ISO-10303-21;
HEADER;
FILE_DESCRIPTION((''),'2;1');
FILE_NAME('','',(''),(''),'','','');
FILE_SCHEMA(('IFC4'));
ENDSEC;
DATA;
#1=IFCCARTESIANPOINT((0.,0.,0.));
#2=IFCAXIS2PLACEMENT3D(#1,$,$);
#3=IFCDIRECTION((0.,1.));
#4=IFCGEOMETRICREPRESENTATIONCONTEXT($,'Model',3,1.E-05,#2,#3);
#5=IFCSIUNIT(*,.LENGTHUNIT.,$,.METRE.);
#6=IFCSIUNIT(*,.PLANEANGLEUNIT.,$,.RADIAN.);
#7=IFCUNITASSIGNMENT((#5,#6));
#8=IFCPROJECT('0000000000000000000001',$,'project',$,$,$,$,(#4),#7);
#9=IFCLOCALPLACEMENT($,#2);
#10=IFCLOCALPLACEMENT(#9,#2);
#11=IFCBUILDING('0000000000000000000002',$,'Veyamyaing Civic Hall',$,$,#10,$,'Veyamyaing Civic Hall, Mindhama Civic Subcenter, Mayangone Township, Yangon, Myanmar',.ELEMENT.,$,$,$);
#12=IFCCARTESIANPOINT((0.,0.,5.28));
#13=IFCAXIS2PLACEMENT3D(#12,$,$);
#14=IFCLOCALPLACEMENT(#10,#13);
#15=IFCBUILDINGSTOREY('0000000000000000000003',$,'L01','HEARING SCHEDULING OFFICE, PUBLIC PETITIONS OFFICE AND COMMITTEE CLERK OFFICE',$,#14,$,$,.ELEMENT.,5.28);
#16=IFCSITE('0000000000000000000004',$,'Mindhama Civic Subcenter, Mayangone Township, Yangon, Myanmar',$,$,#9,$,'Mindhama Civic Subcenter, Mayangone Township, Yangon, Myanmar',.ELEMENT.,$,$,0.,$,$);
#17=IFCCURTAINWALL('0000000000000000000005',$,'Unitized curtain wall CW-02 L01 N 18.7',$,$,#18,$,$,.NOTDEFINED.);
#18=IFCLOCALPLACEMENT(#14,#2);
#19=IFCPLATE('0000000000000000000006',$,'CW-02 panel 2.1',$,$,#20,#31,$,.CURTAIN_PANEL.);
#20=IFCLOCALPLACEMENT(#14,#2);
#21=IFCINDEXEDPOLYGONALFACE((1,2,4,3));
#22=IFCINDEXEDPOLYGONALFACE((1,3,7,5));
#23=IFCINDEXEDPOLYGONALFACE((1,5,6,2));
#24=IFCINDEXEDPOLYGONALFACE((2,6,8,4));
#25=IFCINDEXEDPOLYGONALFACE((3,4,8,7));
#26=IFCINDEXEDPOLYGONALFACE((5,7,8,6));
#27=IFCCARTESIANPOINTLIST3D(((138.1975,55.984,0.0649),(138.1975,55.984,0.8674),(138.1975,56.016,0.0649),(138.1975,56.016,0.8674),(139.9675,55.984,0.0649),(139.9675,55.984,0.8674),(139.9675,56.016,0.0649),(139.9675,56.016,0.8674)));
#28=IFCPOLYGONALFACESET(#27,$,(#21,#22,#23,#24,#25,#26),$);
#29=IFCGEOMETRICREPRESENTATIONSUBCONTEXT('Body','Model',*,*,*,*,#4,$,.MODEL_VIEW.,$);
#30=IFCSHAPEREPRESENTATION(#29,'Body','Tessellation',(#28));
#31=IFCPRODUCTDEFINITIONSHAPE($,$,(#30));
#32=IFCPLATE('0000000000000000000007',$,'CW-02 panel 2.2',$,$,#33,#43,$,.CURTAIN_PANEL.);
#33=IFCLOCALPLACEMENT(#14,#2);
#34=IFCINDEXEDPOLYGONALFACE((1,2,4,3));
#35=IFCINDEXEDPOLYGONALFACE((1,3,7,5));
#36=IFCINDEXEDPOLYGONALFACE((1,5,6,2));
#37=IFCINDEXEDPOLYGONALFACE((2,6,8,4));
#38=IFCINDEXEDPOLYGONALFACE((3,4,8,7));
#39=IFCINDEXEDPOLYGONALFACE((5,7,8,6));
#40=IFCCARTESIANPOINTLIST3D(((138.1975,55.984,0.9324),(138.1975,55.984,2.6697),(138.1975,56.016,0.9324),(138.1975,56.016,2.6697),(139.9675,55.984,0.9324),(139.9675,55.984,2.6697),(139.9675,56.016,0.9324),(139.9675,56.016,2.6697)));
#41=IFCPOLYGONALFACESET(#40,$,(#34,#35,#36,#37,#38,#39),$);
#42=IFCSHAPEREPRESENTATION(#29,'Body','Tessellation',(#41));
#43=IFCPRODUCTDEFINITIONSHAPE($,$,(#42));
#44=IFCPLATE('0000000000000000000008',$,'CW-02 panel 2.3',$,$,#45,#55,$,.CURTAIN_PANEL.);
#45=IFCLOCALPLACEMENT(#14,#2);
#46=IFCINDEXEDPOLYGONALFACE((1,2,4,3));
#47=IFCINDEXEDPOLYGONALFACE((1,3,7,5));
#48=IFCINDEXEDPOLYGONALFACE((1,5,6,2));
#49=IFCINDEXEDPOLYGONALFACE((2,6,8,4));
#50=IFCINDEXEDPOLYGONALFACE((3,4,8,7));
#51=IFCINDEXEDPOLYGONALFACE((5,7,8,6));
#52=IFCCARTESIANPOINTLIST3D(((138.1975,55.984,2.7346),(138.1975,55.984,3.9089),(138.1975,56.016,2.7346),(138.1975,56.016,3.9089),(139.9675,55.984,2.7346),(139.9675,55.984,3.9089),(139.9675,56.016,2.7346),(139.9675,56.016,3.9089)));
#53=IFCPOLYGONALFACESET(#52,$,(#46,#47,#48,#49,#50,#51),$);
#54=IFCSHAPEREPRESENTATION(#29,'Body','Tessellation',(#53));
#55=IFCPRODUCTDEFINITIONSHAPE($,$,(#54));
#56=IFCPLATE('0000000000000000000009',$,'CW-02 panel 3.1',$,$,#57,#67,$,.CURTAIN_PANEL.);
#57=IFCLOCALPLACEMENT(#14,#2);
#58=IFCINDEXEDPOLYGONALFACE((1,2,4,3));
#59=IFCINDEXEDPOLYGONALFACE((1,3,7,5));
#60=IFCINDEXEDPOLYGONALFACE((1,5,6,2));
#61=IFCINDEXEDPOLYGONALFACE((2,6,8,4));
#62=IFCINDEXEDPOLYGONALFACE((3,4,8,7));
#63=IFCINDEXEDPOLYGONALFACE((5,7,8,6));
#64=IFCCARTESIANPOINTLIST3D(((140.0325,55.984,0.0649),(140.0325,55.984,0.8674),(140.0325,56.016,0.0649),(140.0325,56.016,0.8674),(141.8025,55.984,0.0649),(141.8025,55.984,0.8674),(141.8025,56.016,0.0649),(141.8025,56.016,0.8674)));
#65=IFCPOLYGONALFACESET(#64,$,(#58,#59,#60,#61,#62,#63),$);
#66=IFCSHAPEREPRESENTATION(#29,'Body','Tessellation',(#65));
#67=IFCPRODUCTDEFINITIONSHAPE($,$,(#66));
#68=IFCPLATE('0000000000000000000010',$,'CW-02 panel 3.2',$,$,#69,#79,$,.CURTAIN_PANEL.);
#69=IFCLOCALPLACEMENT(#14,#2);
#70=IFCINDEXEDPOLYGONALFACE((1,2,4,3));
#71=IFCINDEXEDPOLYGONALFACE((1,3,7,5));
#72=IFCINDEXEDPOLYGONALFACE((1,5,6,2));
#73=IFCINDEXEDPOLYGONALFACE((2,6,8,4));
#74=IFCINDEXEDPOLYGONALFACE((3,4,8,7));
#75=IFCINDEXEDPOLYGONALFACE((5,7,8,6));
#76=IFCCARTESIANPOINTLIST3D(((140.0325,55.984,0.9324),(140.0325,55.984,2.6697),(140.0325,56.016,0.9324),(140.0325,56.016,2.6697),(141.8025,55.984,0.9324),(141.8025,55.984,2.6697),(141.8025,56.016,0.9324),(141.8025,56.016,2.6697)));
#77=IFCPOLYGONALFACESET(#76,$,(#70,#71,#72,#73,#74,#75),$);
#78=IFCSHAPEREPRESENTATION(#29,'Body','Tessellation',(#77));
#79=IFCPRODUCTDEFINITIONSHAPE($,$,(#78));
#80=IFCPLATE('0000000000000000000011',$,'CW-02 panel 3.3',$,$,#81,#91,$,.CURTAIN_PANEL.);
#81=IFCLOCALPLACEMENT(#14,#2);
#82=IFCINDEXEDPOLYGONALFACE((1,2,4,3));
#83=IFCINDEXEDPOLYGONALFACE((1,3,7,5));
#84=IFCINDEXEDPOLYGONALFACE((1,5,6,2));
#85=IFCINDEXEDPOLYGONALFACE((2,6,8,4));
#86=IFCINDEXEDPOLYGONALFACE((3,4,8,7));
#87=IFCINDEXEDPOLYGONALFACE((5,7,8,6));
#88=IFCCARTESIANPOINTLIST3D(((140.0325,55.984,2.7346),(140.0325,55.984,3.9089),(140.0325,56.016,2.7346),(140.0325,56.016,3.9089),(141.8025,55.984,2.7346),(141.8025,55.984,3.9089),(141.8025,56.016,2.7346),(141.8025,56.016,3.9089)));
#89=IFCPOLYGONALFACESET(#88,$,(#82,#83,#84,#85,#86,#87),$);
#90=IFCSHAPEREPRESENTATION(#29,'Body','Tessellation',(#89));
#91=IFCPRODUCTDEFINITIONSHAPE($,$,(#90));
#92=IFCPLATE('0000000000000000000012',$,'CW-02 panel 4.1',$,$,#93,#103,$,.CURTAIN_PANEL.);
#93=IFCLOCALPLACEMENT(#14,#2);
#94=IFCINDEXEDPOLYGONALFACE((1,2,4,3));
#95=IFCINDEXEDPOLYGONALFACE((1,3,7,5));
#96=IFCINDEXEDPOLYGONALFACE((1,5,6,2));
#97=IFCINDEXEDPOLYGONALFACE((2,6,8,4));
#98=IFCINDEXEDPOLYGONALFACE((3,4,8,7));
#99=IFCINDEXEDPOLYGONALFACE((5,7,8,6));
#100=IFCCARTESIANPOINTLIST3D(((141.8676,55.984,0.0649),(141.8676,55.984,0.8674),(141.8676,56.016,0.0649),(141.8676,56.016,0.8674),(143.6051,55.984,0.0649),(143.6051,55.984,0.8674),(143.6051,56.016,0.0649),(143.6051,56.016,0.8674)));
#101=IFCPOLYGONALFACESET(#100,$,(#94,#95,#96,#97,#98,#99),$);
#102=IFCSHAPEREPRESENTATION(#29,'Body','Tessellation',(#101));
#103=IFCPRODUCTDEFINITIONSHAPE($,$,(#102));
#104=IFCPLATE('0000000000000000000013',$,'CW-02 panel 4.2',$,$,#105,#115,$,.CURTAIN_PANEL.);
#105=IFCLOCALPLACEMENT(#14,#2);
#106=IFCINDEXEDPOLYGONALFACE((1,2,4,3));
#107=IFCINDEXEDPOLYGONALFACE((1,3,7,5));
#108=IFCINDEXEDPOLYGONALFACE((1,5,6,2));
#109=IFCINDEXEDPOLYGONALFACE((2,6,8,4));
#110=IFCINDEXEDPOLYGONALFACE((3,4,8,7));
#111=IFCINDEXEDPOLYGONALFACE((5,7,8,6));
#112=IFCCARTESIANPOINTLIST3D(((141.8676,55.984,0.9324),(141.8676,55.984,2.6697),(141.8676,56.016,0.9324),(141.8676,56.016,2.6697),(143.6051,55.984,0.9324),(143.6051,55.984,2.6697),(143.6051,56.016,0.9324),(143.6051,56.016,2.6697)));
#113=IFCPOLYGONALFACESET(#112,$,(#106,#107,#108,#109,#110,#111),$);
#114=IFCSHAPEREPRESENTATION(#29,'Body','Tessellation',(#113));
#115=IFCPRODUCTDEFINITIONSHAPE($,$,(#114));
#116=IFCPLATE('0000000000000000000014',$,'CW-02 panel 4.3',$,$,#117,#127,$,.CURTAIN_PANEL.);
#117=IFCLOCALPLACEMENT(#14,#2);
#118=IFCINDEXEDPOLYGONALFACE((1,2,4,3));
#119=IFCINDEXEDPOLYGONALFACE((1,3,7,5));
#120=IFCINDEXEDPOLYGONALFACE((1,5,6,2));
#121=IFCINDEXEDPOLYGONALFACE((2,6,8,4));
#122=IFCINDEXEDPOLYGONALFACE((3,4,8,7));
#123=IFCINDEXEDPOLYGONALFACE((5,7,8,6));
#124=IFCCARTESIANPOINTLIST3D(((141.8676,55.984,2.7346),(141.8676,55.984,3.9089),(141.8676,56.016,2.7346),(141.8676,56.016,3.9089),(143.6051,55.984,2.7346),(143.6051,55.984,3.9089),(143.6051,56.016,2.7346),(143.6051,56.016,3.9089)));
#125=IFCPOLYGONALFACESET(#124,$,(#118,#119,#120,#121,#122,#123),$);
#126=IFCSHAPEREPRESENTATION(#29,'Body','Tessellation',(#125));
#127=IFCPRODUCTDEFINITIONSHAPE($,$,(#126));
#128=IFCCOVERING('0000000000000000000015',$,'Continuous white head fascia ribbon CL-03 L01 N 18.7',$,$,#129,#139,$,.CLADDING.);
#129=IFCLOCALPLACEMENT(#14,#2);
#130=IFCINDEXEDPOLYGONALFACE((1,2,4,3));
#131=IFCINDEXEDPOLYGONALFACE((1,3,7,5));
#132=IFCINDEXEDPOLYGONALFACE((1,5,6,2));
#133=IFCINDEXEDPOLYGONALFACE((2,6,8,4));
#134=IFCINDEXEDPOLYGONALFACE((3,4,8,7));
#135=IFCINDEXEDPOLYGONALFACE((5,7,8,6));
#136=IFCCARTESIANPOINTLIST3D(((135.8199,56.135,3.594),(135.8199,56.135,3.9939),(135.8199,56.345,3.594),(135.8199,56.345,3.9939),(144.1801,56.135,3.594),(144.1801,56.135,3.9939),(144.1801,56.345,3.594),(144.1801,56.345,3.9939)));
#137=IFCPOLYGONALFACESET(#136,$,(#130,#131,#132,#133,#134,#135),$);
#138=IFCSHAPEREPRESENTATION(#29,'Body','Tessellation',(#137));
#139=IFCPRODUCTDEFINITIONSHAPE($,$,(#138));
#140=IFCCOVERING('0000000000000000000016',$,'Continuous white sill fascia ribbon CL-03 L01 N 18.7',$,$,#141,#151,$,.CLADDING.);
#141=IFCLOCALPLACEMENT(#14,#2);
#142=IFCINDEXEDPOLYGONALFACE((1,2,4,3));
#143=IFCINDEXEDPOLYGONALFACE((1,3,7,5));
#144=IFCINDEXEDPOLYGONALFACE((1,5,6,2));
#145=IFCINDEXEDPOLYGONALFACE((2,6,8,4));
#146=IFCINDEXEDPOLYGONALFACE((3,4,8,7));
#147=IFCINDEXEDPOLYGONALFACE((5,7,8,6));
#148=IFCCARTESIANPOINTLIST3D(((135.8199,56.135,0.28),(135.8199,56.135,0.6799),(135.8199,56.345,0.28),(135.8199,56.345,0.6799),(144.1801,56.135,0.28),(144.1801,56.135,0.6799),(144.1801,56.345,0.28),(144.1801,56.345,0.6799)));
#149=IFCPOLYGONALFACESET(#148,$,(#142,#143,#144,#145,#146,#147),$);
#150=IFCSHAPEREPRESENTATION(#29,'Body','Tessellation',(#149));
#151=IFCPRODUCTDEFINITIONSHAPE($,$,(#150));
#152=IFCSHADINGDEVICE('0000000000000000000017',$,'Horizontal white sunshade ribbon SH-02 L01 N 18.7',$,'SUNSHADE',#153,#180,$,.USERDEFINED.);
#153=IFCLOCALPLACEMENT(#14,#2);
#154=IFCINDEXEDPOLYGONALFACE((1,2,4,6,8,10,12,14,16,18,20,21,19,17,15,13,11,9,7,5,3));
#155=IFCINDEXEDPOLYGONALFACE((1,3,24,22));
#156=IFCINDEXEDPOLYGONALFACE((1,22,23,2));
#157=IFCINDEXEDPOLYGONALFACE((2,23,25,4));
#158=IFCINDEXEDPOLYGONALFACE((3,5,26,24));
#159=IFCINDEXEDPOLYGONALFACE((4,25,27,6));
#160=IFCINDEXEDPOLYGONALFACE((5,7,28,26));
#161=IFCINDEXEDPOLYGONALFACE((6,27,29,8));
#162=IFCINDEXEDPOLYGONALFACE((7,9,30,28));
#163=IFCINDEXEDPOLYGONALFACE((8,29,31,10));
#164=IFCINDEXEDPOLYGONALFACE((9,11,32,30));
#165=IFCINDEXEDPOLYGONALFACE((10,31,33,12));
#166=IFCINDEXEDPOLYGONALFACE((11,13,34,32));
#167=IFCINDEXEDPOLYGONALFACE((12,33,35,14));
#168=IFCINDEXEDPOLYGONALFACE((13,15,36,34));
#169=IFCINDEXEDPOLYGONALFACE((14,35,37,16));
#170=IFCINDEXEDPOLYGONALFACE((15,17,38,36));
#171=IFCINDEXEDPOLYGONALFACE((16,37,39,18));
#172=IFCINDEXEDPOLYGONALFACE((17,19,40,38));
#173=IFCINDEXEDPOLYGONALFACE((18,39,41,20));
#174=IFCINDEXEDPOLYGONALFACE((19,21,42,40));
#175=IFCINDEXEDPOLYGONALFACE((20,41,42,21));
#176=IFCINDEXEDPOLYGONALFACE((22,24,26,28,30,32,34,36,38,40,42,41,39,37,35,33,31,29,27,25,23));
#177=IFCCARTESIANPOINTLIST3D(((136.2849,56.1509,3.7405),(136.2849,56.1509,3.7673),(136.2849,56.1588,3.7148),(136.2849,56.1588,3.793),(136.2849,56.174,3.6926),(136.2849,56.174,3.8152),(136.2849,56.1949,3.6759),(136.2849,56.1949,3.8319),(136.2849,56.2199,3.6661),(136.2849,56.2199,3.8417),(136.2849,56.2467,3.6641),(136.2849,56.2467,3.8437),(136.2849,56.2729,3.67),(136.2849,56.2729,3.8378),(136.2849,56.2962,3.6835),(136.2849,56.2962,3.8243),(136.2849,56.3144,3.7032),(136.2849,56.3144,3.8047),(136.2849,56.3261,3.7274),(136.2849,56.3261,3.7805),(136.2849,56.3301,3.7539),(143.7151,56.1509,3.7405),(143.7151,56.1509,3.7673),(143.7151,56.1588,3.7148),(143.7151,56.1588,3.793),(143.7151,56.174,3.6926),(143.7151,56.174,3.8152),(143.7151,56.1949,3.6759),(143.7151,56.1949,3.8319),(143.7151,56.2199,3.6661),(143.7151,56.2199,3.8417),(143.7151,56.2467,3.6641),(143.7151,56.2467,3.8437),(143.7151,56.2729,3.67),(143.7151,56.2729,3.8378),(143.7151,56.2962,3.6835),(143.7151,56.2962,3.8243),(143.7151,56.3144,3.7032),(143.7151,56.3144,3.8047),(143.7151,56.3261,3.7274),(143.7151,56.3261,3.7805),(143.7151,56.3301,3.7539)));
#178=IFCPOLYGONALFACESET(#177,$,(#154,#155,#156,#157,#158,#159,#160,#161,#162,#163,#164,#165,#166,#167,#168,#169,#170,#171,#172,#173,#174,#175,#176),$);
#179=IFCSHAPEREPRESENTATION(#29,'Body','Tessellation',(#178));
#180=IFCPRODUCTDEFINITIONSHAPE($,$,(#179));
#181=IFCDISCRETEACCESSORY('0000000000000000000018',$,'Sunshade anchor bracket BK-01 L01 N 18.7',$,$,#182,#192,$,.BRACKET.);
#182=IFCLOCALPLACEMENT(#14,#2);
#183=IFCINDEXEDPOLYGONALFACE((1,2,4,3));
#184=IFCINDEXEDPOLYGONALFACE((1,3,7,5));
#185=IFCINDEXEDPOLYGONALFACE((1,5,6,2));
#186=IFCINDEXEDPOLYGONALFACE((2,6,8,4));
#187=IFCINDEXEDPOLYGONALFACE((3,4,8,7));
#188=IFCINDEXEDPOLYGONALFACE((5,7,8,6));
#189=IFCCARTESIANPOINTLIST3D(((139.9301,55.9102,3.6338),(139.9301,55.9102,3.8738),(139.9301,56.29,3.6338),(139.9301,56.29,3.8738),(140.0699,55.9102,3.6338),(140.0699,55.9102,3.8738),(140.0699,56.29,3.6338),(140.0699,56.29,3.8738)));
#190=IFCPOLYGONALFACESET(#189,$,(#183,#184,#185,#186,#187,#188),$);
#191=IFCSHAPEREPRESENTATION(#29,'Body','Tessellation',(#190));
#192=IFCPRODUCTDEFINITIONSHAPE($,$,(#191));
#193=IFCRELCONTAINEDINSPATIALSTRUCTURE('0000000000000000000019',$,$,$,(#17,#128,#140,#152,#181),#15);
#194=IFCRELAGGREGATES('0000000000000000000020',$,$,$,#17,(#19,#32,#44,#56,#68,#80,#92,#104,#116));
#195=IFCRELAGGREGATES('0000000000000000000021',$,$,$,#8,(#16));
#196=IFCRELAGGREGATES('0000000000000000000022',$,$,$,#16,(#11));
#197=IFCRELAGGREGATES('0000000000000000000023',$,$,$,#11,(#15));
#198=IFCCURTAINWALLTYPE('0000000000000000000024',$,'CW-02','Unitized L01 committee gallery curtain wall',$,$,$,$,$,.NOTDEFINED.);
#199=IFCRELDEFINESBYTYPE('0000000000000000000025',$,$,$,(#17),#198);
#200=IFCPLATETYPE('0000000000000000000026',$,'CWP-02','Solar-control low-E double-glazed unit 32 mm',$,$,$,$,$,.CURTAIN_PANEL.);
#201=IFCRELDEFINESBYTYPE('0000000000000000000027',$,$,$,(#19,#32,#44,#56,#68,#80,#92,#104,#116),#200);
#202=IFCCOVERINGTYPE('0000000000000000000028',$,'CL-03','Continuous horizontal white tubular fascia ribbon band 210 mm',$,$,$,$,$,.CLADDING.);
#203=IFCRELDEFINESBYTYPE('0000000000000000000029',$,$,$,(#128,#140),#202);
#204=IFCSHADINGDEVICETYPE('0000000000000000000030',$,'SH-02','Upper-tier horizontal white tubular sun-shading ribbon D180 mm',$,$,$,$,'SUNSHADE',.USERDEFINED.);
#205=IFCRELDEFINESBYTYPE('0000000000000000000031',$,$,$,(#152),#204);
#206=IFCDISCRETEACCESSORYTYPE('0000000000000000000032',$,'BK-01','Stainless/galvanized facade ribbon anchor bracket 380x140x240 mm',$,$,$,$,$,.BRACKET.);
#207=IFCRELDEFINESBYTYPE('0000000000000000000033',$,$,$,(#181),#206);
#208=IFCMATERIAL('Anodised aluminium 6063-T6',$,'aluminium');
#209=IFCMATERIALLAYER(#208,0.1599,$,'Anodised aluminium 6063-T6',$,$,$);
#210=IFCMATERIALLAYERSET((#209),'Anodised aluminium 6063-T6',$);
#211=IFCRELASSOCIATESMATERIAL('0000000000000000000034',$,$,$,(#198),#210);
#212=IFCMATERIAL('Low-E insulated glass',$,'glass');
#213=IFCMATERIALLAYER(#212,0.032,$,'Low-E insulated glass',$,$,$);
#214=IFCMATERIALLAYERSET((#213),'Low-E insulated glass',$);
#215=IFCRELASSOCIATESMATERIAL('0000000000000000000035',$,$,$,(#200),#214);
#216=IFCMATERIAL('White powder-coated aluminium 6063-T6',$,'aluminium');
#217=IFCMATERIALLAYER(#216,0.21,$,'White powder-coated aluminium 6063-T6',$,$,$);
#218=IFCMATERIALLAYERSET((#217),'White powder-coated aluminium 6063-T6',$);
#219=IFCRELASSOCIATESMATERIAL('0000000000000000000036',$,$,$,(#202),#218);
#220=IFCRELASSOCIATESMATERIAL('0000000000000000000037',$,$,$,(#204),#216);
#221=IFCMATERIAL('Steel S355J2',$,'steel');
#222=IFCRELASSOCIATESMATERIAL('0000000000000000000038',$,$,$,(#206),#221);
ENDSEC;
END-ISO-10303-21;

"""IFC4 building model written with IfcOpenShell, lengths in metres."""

from ifc_helpers import new_model, si_unit, direction, frame, origin, origin_2d, place, context, subcontext, project, spatial, rectangle, circle, extrude, material, layer, layer_set, material_profile, profile_set, type_object, element, aggregate, save


model = new_model("IFC4")

# Units and contexts
model_context = context("Model", 3, precision=1e-05, world=origin(), true_north=direction((0.0, 1.0)))
body_context = subcontext(model_context, "Body", "Model", "MODEL_VIEW")
ifc_project = project(units=[si_unit("LENGTHUNIT", "METRE"), si_unit("PLANEANGLEUNIT", "RADIAN")], contexts=[model_context])

# Site, building, storey
site_placement = place(None, origin())
site = spatial("IfcSite", under=ifc_project, at=site_placement, Name="Mindhama Civic Subcenter, Mayangone Township, Yangon, Myanmar", LongName="Mindhama Civic Subcenter, Mayangone Township, Yangon, Myanmar", CompositionType="ELEMENT", RefElevation=0.0)
building_placement = place(site_placement, origin())
building = spatial("IfcBuilding", under=site, at=building_placement, Name="Veyamyaing Civic Hall", LongName="Veyamyaing Civic Hall, Mindhama Civic Subcenter, Mayangone Township, Yangon, Myanmar", CompositionType="ELEMENT")
storey_placement = place(building_placement, frame((0.0, 0.0, 5.28)))
storey = spatial("IfcBuildingStorey", under=building, at=storey_placement, Name="L01", Description="HEARING SCHEDULING OFFICE, PUBLIC PETITIONS OFFICE AND COMMITTEE CLERK OFFICE", CompositionType="ELEMENT", Elevation=5.28)

# Curtain wall, plates
ifc_material_1 = material(Name="Anodised aluminium 6063-T6", Category="aluminium")
ifc_layer_1 = layer(ifc_material_1, 0.1599, Name="Anodised aluminium 6063-T6")
ifc_layer_set_1 = layer_set([ifc_layer_1], Name="Anodised aluminium 6063-T6")
curtain_wall_type = type_object("IfcCurtainWallType", Name="CW-02", Description="Unitized L01 committee gallery curtain wall", PredefinedType="NOTDEFINED", material=ifc_layer_set_1)
curtain_wall_placement = place(storey_placement, origin())
curtain_wall = element("IfcCurtainWall", 1, at=curtain_wall_placement, inside=storey, type_object=curtain_wall_type, Name="Unitized curtain wall CW-02 L01 N 18.7", PredefinedType="NOTDEFINED")
ifc_material_2 = material(Name="Low-E insulated glass", Category="glass")
ifc_layer_2 = layer(ifc_material_2, 0.032, Name="Low-E insulated glass")
ifc_layer_set_2 = layer_set([ifc_layer_2], Name="Low-E insulated glass")
plate_type = type_object("IfcPlateType", Name="CWP-02", Description="Solar-control low-E double-glazed unit 32 mm", PredefinedType="CURTAIN_PANEL", material=ifc_layer_set_2)
plate_1_placement = place(storey_placement, frame((139.0825, 56.0, 0.0649), z_axis=(0.0, 0.0, 1.0), x_axis=(1.0, 0.0, 0.0)))
plate_1 = element("IfcPlate", 2, at=plate_1_placement, type_object=plate_type, Name="CW-02 panel 2.1", PredefinedType="CURTAIN_PANEL", context=body_context, shape_type="SweptSolid", body=[
    extrude(rectangle(XDim=1.77, YDim=0.032, at=origin_2d()), origin(), (0.0, 0.0, 1.0), 0.8025),
])
plate_2_placement = place(storey_placement, frame((139.0825, 56.0, 0.9324), z_axis=(0.0, 0.0, 1.0), x_axis=(1.0, 0.0, 0.0)))
plate_2 = element("IfcPlate", 3, at=plate_2_placement, type_object=plate_type, Name="CW-02 panel 2.2", PredefinedType="CURTAIN_PANEL", context=body_context, shape_type="SweptSolid", body=[
    extrude(rectangle(XDim=1.77, YDim=0.032, at=origin_2d()), origin(), (0.0, 0.0, 1.0), 1.7373),
])
plate_3_placement = place(storey_placement, frame((139.0825, 56.0, 2.7346), z_axis=(0.0, 0.0, 1.0), x_axis=(1.0, 0.0, 0.0)))
plate_3 = element("IfcPlate", 4, at=plate_3_placement, type_object=plate_type, Name="CW-02 panel 2.3", PredefinedType="CURTAIN_PANEL", context=body_context, shape_type="SweptSolid", body=[
    extrude(rectangle(XDim=1.77, YDim=0.032, at=origin_2d()), origin(), (0.0, 0.0, 1.0), 1.1743),
])
plate_4_placement = place(storey_placement, frame((140.9175, 56.0, 0.0649), z_axis=(0.0, 0.0, 1.0), x_axis=(1.0, 0.0, 0.0)))
plate_4 = element("IfcPlate", 5, at=plate_4_placement, type_object=plate_type, Name="CW-02 panel 3.1", PredefinedType="CURTAIN_PANEL", context=body_context, shape_type="SweptSolid", body=[
    extrude(rectangle(XDim=1.77, YDim=0.032, at=origin_2d()), origin(), (0.0, 0.0, 1.0), 0.8025),
])
plate_5_placement = place(storey_placement, frame((140.9175, 56.0, 0.9324), z_axis=(0.0, 0.0, 1.0), x_axis=(1.0, 0.0, 0.0)))
plate_5 = element("IfcPlate", 6, at=plate_5_placement, type_object=plate_type, Name="CW-02 panel 3.2", PredefinedType="CURTAIN_PANEL", context=body_context, shape_type="SweptSolid", body=[
    extrude(rectangle(XDim=1.77, YDim=0.032, at=origin_2d()), origin(), (0.0, 0.0, 1.0), 1.7373),
])
plate_6_placement = place(storey_placement, frame((140.9175, 56.0, 2.7346), z_axis=(0.0, 0.0, 1.0), x_axis=(1.0, 0.0, 0.0)))
plate_6 = element("IfcPlate", 7, at=plate_6_placement, type_object=plate_type, Name="CW-02 panel 3.3", PredefinedType="CURTAIN_PANEL", context=body_context, shape_type="SweptSolid", body=[
    extrude(rectangle(XDim=1.77, YDim=0.032, at=origin_2d()), origin(), (0.0, 0.0, 1.0), 1.1743),
])
plate_7_placement = place(storey_placement, frame((142.7363, 56.0, 0.0649), z_axis=(0.0, 0.0, 1.0), x_axis=(1.0, 0.0, 0.0)))
plate_7 = element("IfcPlate", 8, at=plate_7_placement, type_object=plate_type, Name="CW-02 panel 4.1", PredefinedType="CURTAIN_PANEL", context=body_context, shape_type="SweptSolid", body=[
    extrude(rectangle(XDim=1.7375, YDim=0.032, at=origin_2d()), origin(), (0.0, 0.0, 1.0), 0.8025),
])
plate_8_placement = place(storey_placement, frame((142.7363, 56.0, 0.9324), z_axis=(0.0, 0.0, 1.0), x_axis=(1.0, 0.0, 0.0)))
plate_8 = element("IfcPlate", 9, at=plate_8_placement, type_object=plate_type, Name="CW-02 panel 4.2", PredefinedType="CURTAIN_PANEL", context=body_context, shape_type="SweptSolid", body=[
    extrude(rectangle(XDim=1.7375, YDim=0.032, at=origin_2d()), origin(), (0.0, 0.0, 1.0), 1.7373),
])
plate_9_placement = place(storey_placement, frame((142.7363, 56.0, 2.7346), z_axis=(0.0, 0.0, 1.0), x_axis=(1.0, 0.0, 0.0)))
plate_9 = element("IfcPlate", 10, at=plate_9_placement, type_object=plate_type, Name="CW-02 panel 4.3", PredefinedType="CURTAIN_PANEL", context=body_context, shape_type="SweptSolid", body=[
    extrude(rectangle(XDim=1.7375, YDim=0.032, at=origin_2d()), origin(), (0.0, 0.0, 1.0), 1.1743),
])
aggregate(curtain_wall, [plate_1, plate_2, plate_3, plate_4, plate_5, plate_6, plate_7, plate_8, plate_9])

# Coverings
ifc_material_3 = material(Name="White powder-coated aluminium 6063-T6", Category="aluminium")
ifc_layer_3 = layer(ifc_material_3, 0.21, Name="White powder-coated aluminium 6063-T6")
ifc_layer_set_3 = layer_set([ifc_layer_3], Name="White powder-coated aluminium 6063-T6")
covering_type = type_object("IfcCoveringType", Name="CL-03", Description="Continuous horizontal white tubular fascia ribbon band 210 mm", PredefinedType="CLADDING", material=ifc_layer_set_3)
for number, where, z_axis, x_axis, name in (
    (11, (140.0, 56.24, 3.594), (0.0, 0.0, 1.0), (1.0, 0.0, 0.0), "Continuous white head fascia ribbon CL-03 L01 N 18.7"),
    (12, (140.0, 56.24, 0.28), (0.0, 0.0, 1.0), (1.0, 0.0, 0.0), "Continuous white sill fascia ribbon CL-03 L01 N 18.7"),
):
    element("IfcCovering", number, at=place(storey_placement, frame(where, z_axis=z_axis, x_axis=x_axis)), inside=storey, type_object=covering_type, Name=name, PredefinedType="CLADDING", context=body_context, shape_type="SweptSolid", body=[
        extrude(rectangle(XDim=8.3601, YDim=0.21, at=origin_2d()), origin(), (0.0, 0.0, 1.0), 0.3999),
    ])

# Shading device
ifc_material_profile_1 = material_profile(ifc_material_3, circle(Radius=0.0901, at=origin_2d()), Name="SHADE-TUBE-180")
ifc_profile_set_1 = profile_set([ifc_material_profile_1], Name="White powder-coated aluminium 6063-T6")
shading_device_type = type_object("IfcShadingDeviceType", Name="SH-02", Description="Upper-tier horizontal white tubular sun-shading ribbon D180 mm", ElementType="SUNSHADE", PredefinedType="USERDEFINED", material=ifc_profile_set_1)
shading_device_placement = place(storey_placement, frame((136.2849, 56.24, 3.7539), z_axis=(1.0, 0.0, 0.0), x_axis=(0.0, 1.0, 0.0)))
element("IfcShadingDevice", 13, at=shading_device_placement, inside=storey, type_object=shading_device_type, Name="Horizontal white sunshade ribbon SH-02 L01 N 18.7", ObjectType="SUNSHADE", PredefinedType="USERDEFINED", context=body_context, shape_type="SweptSolid", body=[
    extrude(circle(Radius=0.0901, at=origin_2d()), origin(), (0.0, 0.0, 1.0), 7.4302),
])

# Discrete accessory
ifc_material_4 = material(Name="Steel S355J2", Category="steel")
discrete_accessory_type = type_object("IfcDiscreteAccessoryType", Name="BK-01", Description="Stainless/galvanized facade ribbon anchor bracket 380x140x240 mm", PredefinedType="BRACKET", material=ifc_material_4)
for number, where, z_axis, x_axis, name in (
    (14, (140.0, 56.1001, 3.6338), (0.0, 0.0, 1.0), (0.0, 1.0, 0.0), "Sunshade anchor bracket BK-01 L01 N 18.7"),
):
    element("IfcDiscreteAccessory", number, at=place(storey_placement, frame(where, z_axis=z_axis, x_axis=x_axis)), inside=storey, type_object=discrete_accessory_type, Name=name, PredefinedType="BRACKET", context=body_context, shape_type="SweptSolid", body=[
        extrude(rectangle(XDim=0.3799, YDim=0.1399, at=origin_2d()), origin(), (0.0, 0.0, 1.0), 0.24),
    ])

save(model, "model.ifc")
